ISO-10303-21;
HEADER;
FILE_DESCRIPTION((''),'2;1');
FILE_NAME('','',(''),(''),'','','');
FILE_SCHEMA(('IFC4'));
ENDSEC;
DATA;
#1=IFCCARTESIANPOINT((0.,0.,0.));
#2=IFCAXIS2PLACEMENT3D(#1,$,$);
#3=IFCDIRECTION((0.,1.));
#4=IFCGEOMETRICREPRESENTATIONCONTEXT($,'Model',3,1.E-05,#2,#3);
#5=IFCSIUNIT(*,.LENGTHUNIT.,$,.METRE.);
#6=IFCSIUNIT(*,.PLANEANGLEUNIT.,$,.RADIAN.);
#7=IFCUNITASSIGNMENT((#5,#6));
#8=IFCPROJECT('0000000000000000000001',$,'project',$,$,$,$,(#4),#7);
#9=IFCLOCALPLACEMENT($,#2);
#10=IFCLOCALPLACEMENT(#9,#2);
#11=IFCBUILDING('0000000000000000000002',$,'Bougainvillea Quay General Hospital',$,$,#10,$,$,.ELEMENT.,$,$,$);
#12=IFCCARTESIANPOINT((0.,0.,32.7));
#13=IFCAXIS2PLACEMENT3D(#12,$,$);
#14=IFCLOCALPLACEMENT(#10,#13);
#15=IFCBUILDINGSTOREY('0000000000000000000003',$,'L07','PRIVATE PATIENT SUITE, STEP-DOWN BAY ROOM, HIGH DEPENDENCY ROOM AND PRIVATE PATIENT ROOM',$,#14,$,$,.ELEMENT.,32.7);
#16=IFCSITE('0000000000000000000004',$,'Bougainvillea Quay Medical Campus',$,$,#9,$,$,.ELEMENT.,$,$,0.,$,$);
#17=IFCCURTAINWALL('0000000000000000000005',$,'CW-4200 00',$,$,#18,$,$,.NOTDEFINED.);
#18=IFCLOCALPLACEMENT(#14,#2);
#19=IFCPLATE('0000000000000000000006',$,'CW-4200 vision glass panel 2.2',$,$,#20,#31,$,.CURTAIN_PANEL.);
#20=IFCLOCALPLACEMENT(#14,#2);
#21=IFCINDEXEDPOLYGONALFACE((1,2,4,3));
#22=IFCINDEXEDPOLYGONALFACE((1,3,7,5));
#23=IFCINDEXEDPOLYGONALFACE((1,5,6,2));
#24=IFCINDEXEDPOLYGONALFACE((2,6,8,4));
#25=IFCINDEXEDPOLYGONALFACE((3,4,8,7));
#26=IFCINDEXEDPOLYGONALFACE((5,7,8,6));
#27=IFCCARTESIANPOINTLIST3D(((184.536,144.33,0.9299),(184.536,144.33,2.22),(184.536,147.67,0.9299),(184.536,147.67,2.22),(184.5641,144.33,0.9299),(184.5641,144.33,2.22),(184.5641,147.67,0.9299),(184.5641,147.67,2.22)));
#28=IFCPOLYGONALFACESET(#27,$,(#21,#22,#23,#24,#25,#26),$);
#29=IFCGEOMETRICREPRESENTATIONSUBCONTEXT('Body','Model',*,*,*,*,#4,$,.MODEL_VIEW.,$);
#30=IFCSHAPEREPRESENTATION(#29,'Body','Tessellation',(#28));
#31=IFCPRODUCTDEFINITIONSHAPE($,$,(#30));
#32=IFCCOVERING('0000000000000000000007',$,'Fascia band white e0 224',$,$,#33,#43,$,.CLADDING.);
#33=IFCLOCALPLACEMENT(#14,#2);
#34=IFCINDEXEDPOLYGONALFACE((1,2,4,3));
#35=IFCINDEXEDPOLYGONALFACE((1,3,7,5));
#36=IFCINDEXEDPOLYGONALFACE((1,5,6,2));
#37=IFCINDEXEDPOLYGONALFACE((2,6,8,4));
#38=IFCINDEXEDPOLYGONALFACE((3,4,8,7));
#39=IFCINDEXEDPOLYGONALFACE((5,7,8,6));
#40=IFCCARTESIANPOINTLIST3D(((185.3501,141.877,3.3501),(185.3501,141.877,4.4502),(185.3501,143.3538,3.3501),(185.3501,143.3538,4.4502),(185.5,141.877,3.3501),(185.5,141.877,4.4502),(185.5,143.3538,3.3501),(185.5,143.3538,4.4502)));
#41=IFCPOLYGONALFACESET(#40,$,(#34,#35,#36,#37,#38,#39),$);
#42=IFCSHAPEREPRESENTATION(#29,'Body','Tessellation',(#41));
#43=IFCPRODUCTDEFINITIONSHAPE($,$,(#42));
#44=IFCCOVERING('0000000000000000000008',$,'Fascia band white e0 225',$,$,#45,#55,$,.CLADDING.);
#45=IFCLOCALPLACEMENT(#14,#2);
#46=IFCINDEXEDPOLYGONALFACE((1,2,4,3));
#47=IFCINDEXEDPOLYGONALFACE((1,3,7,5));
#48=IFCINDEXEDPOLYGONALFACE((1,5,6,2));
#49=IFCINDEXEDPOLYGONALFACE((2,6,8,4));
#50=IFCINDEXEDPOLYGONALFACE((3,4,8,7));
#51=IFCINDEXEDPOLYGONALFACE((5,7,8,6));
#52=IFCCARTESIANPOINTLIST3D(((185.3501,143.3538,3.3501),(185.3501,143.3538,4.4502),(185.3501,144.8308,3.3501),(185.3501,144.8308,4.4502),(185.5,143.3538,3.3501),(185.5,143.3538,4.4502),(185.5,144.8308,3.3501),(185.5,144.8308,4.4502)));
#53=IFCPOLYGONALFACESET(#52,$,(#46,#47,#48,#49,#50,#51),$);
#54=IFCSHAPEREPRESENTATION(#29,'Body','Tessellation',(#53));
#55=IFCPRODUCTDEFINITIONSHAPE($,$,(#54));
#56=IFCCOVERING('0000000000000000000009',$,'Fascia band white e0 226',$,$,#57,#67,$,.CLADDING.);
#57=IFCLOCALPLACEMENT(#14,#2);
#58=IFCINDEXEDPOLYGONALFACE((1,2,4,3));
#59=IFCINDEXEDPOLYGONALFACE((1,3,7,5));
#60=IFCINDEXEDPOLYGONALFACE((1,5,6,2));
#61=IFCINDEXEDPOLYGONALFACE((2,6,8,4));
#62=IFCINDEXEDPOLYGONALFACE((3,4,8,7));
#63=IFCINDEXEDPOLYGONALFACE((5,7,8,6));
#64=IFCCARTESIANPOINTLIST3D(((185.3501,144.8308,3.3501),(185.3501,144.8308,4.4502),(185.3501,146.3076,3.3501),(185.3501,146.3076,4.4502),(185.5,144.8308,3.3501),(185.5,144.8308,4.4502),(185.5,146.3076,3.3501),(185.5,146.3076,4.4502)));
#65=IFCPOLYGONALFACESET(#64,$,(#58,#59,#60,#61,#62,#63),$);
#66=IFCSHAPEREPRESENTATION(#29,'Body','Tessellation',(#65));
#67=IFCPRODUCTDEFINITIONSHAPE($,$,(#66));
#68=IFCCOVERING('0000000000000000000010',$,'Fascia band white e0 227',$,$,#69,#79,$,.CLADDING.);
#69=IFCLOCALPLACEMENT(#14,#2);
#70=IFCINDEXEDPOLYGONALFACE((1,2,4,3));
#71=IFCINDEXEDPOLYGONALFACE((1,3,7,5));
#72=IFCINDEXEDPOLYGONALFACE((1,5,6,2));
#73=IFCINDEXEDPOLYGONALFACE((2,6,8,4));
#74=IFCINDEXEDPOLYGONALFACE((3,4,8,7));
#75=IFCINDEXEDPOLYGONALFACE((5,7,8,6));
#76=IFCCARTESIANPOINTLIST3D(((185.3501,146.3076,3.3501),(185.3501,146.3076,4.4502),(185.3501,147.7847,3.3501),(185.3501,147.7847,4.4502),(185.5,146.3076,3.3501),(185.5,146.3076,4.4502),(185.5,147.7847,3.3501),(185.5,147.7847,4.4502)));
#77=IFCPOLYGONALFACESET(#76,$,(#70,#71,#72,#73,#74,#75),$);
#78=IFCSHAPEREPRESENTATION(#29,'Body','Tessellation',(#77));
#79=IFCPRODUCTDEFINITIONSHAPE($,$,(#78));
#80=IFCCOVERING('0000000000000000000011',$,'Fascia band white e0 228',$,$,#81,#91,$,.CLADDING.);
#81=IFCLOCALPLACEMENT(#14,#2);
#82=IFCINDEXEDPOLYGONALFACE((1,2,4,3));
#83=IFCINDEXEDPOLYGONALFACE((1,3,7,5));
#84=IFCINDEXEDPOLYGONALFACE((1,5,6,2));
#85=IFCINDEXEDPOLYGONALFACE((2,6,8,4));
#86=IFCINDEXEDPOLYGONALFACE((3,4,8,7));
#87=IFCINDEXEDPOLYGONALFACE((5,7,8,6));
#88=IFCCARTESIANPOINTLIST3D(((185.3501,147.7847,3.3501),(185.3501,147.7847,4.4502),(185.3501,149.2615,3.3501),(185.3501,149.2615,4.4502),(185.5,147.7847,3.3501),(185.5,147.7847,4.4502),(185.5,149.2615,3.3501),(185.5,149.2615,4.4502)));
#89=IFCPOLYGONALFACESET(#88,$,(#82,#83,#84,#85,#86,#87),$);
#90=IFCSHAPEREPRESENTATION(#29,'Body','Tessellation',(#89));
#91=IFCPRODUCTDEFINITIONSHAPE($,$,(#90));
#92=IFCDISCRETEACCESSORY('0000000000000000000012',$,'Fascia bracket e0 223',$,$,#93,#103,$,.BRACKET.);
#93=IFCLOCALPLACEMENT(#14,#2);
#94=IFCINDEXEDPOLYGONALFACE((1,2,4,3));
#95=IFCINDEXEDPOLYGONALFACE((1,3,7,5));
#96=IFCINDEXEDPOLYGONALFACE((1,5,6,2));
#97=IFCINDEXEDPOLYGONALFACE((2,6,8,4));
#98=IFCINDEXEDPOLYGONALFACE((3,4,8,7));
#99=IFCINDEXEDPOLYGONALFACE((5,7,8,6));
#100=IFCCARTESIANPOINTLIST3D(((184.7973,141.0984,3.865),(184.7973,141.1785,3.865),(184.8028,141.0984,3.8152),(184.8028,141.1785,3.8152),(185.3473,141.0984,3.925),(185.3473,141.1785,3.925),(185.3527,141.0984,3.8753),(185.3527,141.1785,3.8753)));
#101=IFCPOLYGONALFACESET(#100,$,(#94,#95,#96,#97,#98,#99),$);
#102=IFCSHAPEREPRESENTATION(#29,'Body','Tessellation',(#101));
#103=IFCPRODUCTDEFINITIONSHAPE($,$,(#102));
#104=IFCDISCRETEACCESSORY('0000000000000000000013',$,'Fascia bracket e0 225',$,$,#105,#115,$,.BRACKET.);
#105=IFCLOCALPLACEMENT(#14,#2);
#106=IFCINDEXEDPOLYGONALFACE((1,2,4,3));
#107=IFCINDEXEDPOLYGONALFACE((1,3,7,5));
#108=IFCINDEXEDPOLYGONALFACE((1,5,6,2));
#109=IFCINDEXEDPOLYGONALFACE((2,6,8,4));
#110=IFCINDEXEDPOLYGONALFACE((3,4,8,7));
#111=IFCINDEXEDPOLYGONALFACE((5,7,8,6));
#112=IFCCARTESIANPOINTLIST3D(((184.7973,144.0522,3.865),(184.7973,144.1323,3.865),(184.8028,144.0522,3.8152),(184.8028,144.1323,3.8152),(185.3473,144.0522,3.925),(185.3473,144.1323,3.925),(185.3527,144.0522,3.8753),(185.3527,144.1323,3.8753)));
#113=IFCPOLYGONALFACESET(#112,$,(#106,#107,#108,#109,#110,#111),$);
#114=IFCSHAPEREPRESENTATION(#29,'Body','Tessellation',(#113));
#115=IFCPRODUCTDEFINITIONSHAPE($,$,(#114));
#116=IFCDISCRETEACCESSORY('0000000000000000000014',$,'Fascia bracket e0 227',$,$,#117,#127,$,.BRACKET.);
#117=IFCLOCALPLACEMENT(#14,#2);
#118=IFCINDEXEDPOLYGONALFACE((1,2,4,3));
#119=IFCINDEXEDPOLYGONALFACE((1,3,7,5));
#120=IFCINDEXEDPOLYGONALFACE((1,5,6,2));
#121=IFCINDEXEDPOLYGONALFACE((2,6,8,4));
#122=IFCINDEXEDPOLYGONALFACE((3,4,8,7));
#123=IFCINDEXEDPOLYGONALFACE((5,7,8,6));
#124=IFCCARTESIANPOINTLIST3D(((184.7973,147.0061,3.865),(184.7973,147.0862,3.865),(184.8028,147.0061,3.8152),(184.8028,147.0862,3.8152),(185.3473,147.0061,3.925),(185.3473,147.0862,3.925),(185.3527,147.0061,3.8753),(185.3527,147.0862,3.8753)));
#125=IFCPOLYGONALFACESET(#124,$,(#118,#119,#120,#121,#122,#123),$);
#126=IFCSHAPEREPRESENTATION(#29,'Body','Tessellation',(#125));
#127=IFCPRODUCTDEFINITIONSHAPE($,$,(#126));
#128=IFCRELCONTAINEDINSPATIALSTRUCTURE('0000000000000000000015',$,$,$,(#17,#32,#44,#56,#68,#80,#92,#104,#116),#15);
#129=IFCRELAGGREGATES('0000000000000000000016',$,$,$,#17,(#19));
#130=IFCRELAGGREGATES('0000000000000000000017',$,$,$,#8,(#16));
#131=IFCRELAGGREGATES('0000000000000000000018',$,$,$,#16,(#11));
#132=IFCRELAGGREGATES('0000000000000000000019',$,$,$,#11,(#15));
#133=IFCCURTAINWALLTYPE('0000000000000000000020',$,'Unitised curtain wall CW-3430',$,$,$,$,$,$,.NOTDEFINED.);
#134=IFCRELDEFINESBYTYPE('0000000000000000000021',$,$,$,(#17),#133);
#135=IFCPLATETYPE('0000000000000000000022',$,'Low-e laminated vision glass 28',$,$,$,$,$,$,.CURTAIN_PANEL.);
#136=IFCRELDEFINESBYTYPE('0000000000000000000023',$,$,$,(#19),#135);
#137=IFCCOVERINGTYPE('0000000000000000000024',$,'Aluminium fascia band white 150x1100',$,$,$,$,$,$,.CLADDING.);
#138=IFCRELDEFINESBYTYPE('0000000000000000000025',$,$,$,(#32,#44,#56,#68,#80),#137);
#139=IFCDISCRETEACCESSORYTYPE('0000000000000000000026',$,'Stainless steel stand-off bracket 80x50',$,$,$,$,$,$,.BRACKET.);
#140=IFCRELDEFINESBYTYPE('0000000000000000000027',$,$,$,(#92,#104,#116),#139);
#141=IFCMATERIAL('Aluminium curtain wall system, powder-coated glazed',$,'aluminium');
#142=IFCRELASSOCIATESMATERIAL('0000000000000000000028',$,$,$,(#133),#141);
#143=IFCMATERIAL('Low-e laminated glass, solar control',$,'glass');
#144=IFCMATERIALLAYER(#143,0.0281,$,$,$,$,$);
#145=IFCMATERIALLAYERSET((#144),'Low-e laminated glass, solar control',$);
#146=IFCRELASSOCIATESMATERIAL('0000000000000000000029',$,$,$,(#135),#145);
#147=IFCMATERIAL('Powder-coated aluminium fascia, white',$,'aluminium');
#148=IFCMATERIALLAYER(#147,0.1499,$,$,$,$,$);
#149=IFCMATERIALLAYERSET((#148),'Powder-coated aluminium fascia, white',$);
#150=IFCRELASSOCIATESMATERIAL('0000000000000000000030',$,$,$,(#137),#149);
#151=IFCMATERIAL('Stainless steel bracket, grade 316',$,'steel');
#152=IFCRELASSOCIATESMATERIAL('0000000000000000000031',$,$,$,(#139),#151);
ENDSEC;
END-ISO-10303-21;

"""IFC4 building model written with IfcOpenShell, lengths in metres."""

from ifc_helpers import new_model, si_unit, direction, frame, origin, origin_2d, place, context, subcontext, project, spatial, polyline, rectangle, outline, extrude, material, layer, layer_set, material_profile, profile_set, type_object, element, aggregate, save


model = new_model("IFC4")

# Units and contexts
model_context = context("Model", 3, precision=1e-05, world=origin(), true_north=direction((0.0, 1.0)))
body_context = subcontext(model_context, "Body", "Model", "MODEL_VIEW")
ifc_project = project(units=[si_unit("LENGTHUNIT", "METRE"), si_unit("PLANEANGLEUNIT", "RADIAN")], contexts=[model_context])

# Site, building, storey
site_placement = place(None, origin())
site = spatial("IfcSite", under=ifc_project, at=site_placement, Name="Bougainvillea Quay Medical Campus", CompositionType="ELEMENT", RefElevation=0.0)
building_placement = place(site_placement, origin())
building = spatial("IfcBuilding", under=site, at=building_placement, Name="Bougainvillea Quay General Hospital", CompositionType="ELEMENT")
storey_placement = place(building_placement, frame((0.0, 0.0, 32.7)))
storey = spatial("IfcBuildingStorey", under=building, at=storey_placement, Name="L07", Description="PRIVATE PATIENT SUITE, STEP-DOWN BAY ROOM, HIGH DEPENDENCY ROOM AND PRIVATE PATIENT ROOM", CompositionType="ELEMENT", Elevation=32.7)

# Curtain wall, plate
ifc_material_1 = material(Name="Aluminium curtain wall system, powder-coated glazed", Category="aluminium")
curtain_wall_type = type_object("IfcCurtainWallType", Name="Unitised curtain wall CW-3430", PredefinedType="NOTDEFINED", material=ifc_material_1)
curtain_wall_placement = place(storey_placement, origin())
curtain_wall = element("IfcCurtainWall", 1, at=curtain_wall_placement, inside=storey, type_object=curtain_wall_type, Name="CW-4200 00", PredefinedType="NOTDEFINED")
ifc_material_2 = material(Name="Low-e laminated glass, solar control", Category="glass")
ifc_layer_1 = layer(ifc_material_2, 0.0281)
ifc_layer_set_1 = layer_set([ifc_layer_1], Name="Low-e laminated glass, solar control")
plate_type_1 = type_object("IfcPlateType", Name="Low-e laminated vision glass 28", PredefinedType="CURTAIN_PANEL", material=ifc_layer_set_1)
plate_1_placement = place(storey_placement, frame((184.55, 146.0, 0.9299), z_axis=(0.0, 0.0, 1.0), x_axis=(0.0, 1.0, 0.0)))
plate_1 = element("IfcPlate", 2, at=plate_1_placement, type_object=plate_type_1, Name="CW-4200 vision glass panel 2.2", PredefinedType="CURTAIN_PANEL", context=body_context, shape_type="SweptSolid", body=[
    extrude(rectangle(XDim=3.3401, YDim=0.0281, at=origin_2d()), origin(), (0.0, 0.0, 1.0), 1.29),
])
aggregate(curtain_wall, [plate_1])

# Coverings
ifc_material_3 = material(Name="Powder-coated aluminium fascia, white", Category="aluminium")
ifc_layer_2 = layer(ifc_material_3, 0.1499)
ifc_layer_set_2 = layer_set([ifc_layer_2], Name="Powder-coated aluminium fascia, white")
covering_type = type_object("IfcCoveringType", Name="Aluminium fascia band white 150x1100", PredefinedType="CLADDING", material=ifc_layer_set_2)
covering_1_placement = place(storey_placement, frame((185.3501, 141.877, 3.3501), z_axis=(0.0, 0.0, 1.0), x_axis=(0.0, 1.0, 0.0)))
element("IfcCovering", 3, at=covering_1_placement, inside=storey, type_object=covering_type, Name="Fascia band white e0 224", PredefinedType="CLADDING", context=body_context, shape_type="SweptSolid", body=[
    extrude(outline(polyline([(0.0, 0.0), (1.4768, 0.0), (1.4768, -0.1499), (0.0, -0.1499), (0.0, 0.0)])), origin(), (0.0, 0.0, 1.0), 1.1001),
])
covering_2_placement = place(storey_placement, frame((185.3501, 143.3538, 3.3501), z_axis=(0.0, 0.0, 1.0), x_axis=(0.0, 1.0, 0.0)))
element("IfcCovering", 4, at=covering_2_placement, inside=storey, type_object=covering_type, Name="Fascia band white e0 225", PredefinedType="CLADDING", context=body_context, shape_type="SweptSolid", body=[
    extrude(outline(polyline([(0.0, 0.0), (1.4771, 0.0), (1.4771, -0.1499), (0.0, -0.1499), (0.0, 0.0)])), origin(), (0.0, 0.0, 1.0), 1.1001),
])
covering_3_placement = place(storey_placement, frame((185.3501, 144.8308, 3.3501), z_axis=(0.0, 0.0, 1.0), x_axis=(0.0, 1.0, 0.0)))
element("IfcCovering", 5, at=covering_3_placement, inside=storey, type_object=covering_type, Name="Fascia band white e0 226", PredefinedType="CLADDING", context=body_context, shape_type="SweptSolid", body=[
    extrude(outline(polyline([(0.0, 0.0), (1.4768, 0.0), (1.4768, -0.1499), (0.0, -0.1499), (0.0, 0.0)])), origin(), (0.0, 0.0, 1.0), 1.1001),
])
covering_4_placement = place(storey_placement, frame((185.3501, 146.3076, 3.3501), z_axis=(0.0, 0.0, 1.0), x_axis=(0.0, 1.0, 0.0)))
element("IfcCovering", 6, at=covering_4_placement, inside=storey, type_object=covering_type, Name="Fascia band white e0 227", PredefinedType="CLADDING", context=body_context, shape_type="SweptSolid", body=[
    extrude(outline(polyline([(0.0, 0.0), (1.4771, 0.0), (1.4771, -0.1499), (0.0, -0.1499), (0.0, 0.0)])), origin(), (0.0, 0.0, 1.0), 1.1001),
])
covering_5_placement = place(storey_placement, frame((185.3501, 147.7847, 3.3501), z_axis=(0.0, 0.0, 1.0), x_axis=(0.0, 1.0, 0.0)))
element("IfcCovering", 7, at=covering_5_placement, inside=storey, type_object=covering_type, Name="Fascia band white e0 228", PredefinedType="CLADDING", context=body_context, shape_type="SweptSolid", body=[
    extrude(outline(polyline([(0.0, 0.0), (1.4768, 0.0), (1.4768, -0.1499), (0.0, -0.1499), (0.0, 0.0)])), origin(), (0.0, 0.0, 1.0), 1.1001),
])

# Discrete accessories
ifc_material_4 = material(Name="Stainless steel bracket, grade 316", Category="steel")
ifc_material_profile_1 = material_profile(ifc_material_4, rectangle(XDim=0.0801, YDim=0.05, at=origin_2d()))
ifc_profile_set_1 = profile_set([ifc_material_profile_1], Name="Stainless steel bracket, grade 316")
discrete_accessory_type = type_object("IfcDiscreteAccessoryType", Name="Stainless steel stand-off bracket 80x50", PredefinedType="BRACKET", material=ifc_profile_set_1)
for number, where, z_axis, x_axis, name in (
    (8, (184.8, 141.1384, 3.8401), (0.994092, 0.0, 0.108543), (0.0, 1.0, 0.0), "Fascia bracket e0 223"),
    (9, (184.8, 144.0923, 3.8401), (0.994092, 0.0, 0.108543), (0.0, 1.0, 0.0), "Fascia bracket e0 225"),
    (10, (184.8, 147.0461, 3.8401), (0.994092, 0.0, 0.108543), (0.0, 1.0, 0.0), "Fascia bracket e0 227"),
):
    element("IfcDiscreteAccessory", number, at=place(storey_placement, frame(where, z_axis=z_axis, x_axis=x_axis)), inside=storey, type_object=discrete_accessory_type, Name=name, PredefinedType="BRACKET", context=body_context, shape_type="SweptSolid", body=[
        extrude(rectangle(XDim=0.0801, YDim=0.05, at=origin_2d()), origin(), (0.0, 0.0, 1.0), 0.5532),
    ])

save(model, "model.ifc")
